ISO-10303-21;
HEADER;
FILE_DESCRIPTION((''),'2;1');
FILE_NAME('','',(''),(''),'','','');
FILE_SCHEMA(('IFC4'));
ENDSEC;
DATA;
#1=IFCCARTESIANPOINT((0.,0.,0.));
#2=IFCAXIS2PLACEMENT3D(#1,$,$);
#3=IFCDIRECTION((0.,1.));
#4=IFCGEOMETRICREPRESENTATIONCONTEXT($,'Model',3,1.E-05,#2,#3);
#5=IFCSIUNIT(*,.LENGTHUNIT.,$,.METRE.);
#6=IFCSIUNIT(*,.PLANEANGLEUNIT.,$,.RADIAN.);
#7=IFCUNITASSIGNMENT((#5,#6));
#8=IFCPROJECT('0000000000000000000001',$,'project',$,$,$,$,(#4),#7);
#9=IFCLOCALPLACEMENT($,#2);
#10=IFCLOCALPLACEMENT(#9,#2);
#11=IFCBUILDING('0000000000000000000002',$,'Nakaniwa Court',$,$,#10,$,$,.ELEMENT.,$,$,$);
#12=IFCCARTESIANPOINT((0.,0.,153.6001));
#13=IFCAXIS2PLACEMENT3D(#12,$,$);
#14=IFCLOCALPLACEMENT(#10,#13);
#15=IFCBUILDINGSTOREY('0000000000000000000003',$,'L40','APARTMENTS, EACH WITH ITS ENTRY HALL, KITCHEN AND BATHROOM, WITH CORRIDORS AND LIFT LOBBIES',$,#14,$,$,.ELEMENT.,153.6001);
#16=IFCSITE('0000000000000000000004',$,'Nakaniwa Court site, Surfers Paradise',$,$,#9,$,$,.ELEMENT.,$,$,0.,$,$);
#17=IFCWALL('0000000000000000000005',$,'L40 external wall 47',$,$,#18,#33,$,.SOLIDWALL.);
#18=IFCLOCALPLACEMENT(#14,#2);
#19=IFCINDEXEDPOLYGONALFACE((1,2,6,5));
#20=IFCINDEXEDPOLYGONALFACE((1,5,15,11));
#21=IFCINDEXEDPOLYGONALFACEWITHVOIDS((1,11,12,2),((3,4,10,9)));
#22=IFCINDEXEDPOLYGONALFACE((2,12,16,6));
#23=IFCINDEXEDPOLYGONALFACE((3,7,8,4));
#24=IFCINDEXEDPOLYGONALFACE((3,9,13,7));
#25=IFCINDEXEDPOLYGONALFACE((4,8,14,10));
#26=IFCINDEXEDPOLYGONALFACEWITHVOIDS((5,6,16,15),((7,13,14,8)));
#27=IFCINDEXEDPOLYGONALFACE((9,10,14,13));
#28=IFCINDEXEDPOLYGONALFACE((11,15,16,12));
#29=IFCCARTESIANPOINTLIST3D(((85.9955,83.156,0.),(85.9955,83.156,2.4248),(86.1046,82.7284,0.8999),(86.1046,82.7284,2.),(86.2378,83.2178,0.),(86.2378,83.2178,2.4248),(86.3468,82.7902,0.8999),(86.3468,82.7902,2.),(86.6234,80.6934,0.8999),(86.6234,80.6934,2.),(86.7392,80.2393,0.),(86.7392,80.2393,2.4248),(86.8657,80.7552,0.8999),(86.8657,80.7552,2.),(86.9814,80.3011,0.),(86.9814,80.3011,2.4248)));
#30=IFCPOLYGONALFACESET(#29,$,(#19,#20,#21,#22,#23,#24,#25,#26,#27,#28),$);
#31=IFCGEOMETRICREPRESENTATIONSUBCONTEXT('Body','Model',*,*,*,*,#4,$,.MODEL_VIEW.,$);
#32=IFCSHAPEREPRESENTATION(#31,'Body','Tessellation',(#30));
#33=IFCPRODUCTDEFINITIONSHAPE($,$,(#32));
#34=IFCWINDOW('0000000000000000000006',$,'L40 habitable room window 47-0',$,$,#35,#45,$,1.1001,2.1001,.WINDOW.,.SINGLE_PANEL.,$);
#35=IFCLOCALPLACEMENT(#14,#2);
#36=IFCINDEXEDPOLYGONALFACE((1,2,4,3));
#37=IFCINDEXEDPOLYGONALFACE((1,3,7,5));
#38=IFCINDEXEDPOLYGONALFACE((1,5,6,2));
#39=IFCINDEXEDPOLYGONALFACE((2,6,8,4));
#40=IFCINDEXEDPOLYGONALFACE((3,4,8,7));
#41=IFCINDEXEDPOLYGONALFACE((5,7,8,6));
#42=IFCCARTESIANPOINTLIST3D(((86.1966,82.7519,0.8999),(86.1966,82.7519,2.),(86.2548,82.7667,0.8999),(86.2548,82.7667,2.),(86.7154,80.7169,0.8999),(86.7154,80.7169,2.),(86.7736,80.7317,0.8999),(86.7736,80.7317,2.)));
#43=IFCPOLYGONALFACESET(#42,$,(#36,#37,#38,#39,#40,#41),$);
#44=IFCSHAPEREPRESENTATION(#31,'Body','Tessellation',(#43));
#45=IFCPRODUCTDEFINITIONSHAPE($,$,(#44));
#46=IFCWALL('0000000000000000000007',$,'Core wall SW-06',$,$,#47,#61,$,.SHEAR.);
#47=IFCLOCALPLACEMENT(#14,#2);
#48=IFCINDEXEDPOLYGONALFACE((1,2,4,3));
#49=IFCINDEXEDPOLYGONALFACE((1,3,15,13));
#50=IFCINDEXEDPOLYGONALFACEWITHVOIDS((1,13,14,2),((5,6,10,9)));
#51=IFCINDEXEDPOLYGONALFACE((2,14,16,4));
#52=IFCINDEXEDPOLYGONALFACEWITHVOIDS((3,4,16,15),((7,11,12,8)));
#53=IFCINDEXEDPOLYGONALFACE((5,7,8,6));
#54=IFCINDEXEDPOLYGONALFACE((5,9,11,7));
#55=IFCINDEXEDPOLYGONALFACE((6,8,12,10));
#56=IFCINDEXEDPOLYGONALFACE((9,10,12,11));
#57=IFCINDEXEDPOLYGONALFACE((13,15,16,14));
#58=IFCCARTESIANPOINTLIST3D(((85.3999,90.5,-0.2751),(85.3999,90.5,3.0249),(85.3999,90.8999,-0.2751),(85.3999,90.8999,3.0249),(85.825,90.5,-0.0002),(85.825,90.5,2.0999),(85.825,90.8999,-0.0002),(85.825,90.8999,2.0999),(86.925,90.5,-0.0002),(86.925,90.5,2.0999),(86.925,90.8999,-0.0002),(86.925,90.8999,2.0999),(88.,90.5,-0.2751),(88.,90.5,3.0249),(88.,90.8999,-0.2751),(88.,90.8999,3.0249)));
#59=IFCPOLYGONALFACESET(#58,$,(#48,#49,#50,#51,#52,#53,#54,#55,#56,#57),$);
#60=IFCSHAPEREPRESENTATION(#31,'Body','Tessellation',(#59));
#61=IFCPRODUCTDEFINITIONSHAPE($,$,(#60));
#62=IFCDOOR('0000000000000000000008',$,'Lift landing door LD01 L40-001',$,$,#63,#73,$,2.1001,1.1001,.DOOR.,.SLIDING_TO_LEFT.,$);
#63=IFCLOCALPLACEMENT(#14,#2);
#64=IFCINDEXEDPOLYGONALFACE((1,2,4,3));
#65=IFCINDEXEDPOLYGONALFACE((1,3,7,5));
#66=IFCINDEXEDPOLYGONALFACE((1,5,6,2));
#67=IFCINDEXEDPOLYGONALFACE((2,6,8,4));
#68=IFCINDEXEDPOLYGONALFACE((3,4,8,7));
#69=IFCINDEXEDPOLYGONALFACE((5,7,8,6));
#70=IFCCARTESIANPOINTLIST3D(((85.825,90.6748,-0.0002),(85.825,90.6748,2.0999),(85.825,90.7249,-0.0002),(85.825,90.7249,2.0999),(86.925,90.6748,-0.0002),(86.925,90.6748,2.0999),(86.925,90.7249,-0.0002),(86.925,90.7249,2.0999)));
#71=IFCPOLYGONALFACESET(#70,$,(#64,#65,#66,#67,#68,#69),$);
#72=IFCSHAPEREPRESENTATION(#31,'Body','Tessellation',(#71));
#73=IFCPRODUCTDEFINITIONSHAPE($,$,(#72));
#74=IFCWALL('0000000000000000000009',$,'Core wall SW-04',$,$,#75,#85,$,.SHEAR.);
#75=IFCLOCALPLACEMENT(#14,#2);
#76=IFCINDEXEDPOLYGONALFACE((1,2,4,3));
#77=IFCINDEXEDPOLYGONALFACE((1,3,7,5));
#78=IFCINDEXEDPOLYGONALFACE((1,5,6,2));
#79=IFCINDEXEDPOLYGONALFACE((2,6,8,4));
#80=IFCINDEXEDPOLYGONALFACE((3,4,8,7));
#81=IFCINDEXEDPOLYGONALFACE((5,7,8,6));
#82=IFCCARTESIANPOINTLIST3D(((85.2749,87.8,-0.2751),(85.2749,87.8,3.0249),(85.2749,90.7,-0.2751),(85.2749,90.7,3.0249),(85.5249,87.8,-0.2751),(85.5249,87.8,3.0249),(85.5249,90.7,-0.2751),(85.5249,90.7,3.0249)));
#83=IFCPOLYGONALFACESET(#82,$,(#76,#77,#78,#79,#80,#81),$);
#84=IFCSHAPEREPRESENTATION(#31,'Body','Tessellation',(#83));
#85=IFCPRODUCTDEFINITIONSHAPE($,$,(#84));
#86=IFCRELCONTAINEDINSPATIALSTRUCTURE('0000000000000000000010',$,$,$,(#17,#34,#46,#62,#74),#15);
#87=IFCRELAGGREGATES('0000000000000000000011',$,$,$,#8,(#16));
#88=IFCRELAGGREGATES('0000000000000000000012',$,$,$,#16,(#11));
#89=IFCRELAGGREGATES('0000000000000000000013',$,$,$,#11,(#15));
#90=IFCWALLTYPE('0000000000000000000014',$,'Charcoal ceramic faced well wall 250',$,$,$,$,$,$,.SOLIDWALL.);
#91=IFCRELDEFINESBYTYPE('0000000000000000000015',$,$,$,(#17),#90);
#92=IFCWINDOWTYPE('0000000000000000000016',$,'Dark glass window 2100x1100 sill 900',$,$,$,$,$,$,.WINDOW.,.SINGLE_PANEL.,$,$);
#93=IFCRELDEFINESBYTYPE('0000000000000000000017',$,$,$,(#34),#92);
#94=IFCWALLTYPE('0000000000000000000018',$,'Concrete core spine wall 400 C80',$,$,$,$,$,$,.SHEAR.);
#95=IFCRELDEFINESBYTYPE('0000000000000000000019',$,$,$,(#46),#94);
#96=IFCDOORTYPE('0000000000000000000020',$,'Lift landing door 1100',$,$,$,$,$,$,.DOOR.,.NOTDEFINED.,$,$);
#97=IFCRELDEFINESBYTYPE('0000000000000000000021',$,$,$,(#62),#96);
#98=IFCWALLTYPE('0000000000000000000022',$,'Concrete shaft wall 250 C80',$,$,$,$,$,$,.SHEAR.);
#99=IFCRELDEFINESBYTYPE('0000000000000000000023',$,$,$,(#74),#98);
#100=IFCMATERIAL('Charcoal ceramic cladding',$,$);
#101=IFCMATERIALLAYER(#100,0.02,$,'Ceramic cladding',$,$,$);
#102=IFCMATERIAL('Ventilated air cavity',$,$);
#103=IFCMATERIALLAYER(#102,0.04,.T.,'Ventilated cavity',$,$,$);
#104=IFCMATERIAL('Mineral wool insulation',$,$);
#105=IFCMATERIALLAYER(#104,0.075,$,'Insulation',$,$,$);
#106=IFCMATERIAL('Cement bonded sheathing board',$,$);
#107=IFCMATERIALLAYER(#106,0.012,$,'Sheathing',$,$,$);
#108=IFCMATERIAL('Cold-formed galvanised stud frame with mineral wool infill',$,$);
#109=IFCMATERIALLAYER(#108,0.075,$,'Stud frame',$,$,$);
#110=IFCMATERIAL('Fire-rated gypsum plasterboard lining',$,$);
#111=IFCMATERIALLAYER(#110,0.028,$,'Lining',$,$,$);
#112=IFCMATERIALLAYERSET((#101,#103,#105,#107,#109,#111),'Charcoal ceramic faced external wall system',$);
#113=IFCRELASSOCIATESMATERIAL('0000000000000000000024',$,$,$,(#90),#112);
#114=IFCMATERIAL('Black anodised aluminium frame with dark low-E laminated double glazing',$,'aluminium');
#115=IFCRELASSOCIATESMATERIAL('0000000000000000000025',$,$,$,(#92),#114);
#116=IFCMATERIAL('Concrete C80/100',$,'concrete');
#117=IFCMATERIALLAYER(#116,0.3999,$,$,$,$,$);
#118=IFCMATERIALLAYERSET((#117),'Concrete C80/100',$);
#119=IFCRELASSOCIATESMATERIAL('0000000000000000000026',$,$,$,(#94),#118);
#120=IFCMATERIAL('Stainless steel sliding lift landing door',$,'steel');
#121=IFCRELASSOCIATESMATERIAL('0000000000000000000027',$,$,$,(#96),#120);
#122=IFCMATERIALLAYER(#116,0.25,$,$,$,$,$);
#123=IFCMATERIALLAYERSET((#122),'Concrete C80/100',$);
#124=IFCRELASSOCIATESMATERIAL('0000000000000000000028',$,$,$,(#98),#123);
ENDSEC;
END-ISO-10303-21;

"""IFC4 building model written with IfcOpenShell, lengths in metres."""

from ifc_helpers import new_model, si_unit, direction, frame, frame_2d, origin, place, context, subcontext, project, spatial, rectangle, extrude, material, layer, layer_set, type_object, element, fill, save


model = new_model("IFC4")

# Units and contexts
model_context = context("Model", 3, precision=1e-05, world=origin(), true_north=direction((0.0, 1.0)))
body_context = subcontext(model_context, "Body", "Model", "MODEL_VIEW")
ifc_project = project(units=[si_unit("LENGTHUNIT", "METRE"), si_unit("PLANEANGLEUNIT", "RADIAN")], contexts=[model_context])

# Site, building, storey
site_placement = place(None, origin())
site = spatial("IfcSite", under=ifc_project, at=site_placement, Name="Nakaniwa Court site, Surfers Paradise", CompositionType="ELEMENT", RefElevation=0.0)
building_placement = place(site_placement, origin())
building = spatial("IfcBuilding", under=site, at=building_placement, Name="Nakaniwa Court", CompositionType="ELEMENT")
storey_placement = place(building_placement, frame((0.0, 0.0, 153.6001)))
storey = spatial("IfcBuildingStorey", under=building, at=storey_placement, Name="L40", Description="APARTMENTS, EACH WITH ITS ENTRY HALL, KITCHEN AND BATHROOM, WITH CORRIDORS AND LIFT LOBBIES", CompositionType="ELEMENT", Elevation=153.6001)

# Shared definitions
ifc_material_1 = material(Name="Concrete C80/100", Category="concrete")

# Wall, opening, window
ifc_material_2 = material(Name="Charcoal ceramic cladding")
ifc_layer_1 = layer(ifc_material_2, 0.02, Name="Ceramic cladding")
ifc_material_3 = material(Name="Ventilated air cavity")
ifc_layer_2 = layer(ifc_material_3, 0.04, ventilated=True, Name="Ventilated cavity")
ifc_material_4 = material(Name="Mineral wool insulation")
ifc_layer_3 = layer(ifc_material_4, 0.075, Name="Insulation")
ifc_material_5 = material(Name="Cement bonded sheathing board")
ifc_layer_4 = layer(ifc_material_5, 0.012, Name="Sheathing")
ifc_material_6 = material(Name="Cold-formed galvanised stud frame with mineral wool infill")
ifc_layer_5 = layer(ifc_material_6, 0.075, Name="Stud frame")
ifc_material_7 = material(Name="Fire-rated gypsum plasterboard lining")
ifc_layer_6 = layer(ifc_material_7, 0.028, Name="Lining")
ifc_layer_set_1 = layer_set([ifc_layer_1, ifc_layer_2, ifc_layer_3, ifc_layer_4, ifc_layer_5, ifc_layer_6], Name="Charcoal ceramic faced external wall system")
wall_type_1 = type_object("IfcWallType", Name="Charcoal ceramic faced well wall 250", PredefinedType="SOLIDWALL", material=ifc_layer_set_1)
ifc_material_8 = material(Name="Black anodised aluminium frame with dark low-E laminated double glazing", Category="aluminium")
window_type = type_object("IfcWindowType", Name="Dark glass window 2100x1100 sill 900", PartitioningType="SINGLE_PANEL", PredefinedType="WINDOW", material=ifc_material_8)
wall_1_placement = place(storey_placement, frame((86.1167, 83.1868, 0.0), z_axis=(0.0, 0.0, 1.0), x_axis=(0.247056, -0.969001, 0.0)))
wall_1 = element("IfcWall", 1, at=wall_1_placement, inside=storey, type_object=wall_type_1, Name="L40 external wall 47", PredefinedType="SOLIDWALL", context=body_context, shape_type="SweptSolid", body=[
    extrude(rectangle(XDim=3.01, YDim=0.25, at=frame_2d((1.5049, 0.0))), origin(), (0.0, 0.0, 1.0), 2.4248),
])
opening_1_placement = place(wall_1_placement, frame((0.4412, 0.0, 0.8999)))
opening_1 = element("IfcOpeningElement", 2, at=opening_1_placement, cuts=wall_1, PredefinedType="OPENING", context=body_context, shape_type="SweptSolid", body=[
    extrude(rectangle(XDim=2.1001, YDim=1.1001, at=frame_2d((1.05, 0.55))), frame((0.0, 0.135, 0.0), z_axis=(0.0, -1.0, 0.0), x_axis=(1.0, 0.0, 0.0)), (0.0, 0.0, 1.0), 0.27),
])
window_1_placement = place(opening_1_placement, origin())
window_1 = element("IfcWindow", 3, at=window_1_placement, inside=storey, type_object=window_type, Name="L40 habitable room window 47-0", OverallHeight=1.1001, OverallWidth=2.1001, PartitioningType="SINGLE_PANEL", PredefinedType="WINDOW", context=body_context, shape_type="SweptSolid", body=[
    extrude(rectangle(XDim=2.1001, YDim=1.1001, at=frame_2d((1.05, 0.55))), frame((0.0, 0.03, 0.0), z_axis=(0.0, -1.0, 0.0), x_axis=(1.0, 0.0, 0.0)), (0.0, 0.0, 1.0), 0.0601),
])
fill(opening_1, window_1)

# Wall, opening, door
ifc_layer_7 = layer(ifc_material_1, 0.3999)
ifc_layer_set_2 = layer_set([ifc_layer_7], Name="Concrete C80/100")
wall_type_2 = type_object("IfcWallType", Name="Concrete core spine wall 400 C80", PredefinedType="SHEAR", material=ifc_layer_set_2)
wall_2_placement = place(storey_placement, frame((85.3999, 90.7, -0.2751), z_axis=(0.0, 0.0, 1.0), x_axis=(1.0, 0.0, 0.0)))
wall_2 = element("IfcWall", 4, at=wall_2_placement, inside=storey, type_object=wall_type_2, Name="Core wall SW-06", PredefinedType="SHEAR", context=body_context, shape_type="SweptSolid", body=[
    extrude(rectangle(XDim=2.6001, YDim=0.3999, at=frame_2d((1.3, 0.0))), origin(), (0.0, 0.0, 1.0), 3.3),
])
opening_2_placement = place(wall_2_placement, frame((0.425, 0.0, 0.2749)))
opening_2 = element("IfcOpeningElement", 5, at=opening_2_placement, cuts=wall_2, PredefinedType="OPENING", context=body_context, shape_type="SweptSolid", body=[
    extrude(rectangle(XDim=1.1001, YDim=2.1001, at=frame_2d((0.55, 1.05))), frame((0.0, 0.21, 0.0), z_axis=(0.0, -1.0, 0.0), x_axis=(1.0, 0.0, 0.0)), (0.0, 0.0, 1.0), 0.4199),
])
ifc_material_9 = material(Name="Stainless steel sliding lift landing door", Category="steel")
door_type_1 = type_object("IfcDoorType", Name="Lift landing door 1100", OperationType="NOTDEFINED", PredefinedType="DOOR", material=ifc_material_9)
door_1_placement = place(opening_2_placement, origin())
door_1 = element("IfcDoor", 6, at=door_1_placement, inside=storey, type_object=door_type_1, Name="Lift landing door LD01 L40-001", OperationType="SLIDING_TO_LEFT", OverallHeight=2.1001, OverallWidth=1.1001, PredefinedType="DOOR", context=body_context, shape_type="SweptSolid", body=[
    extrude(rectangle(XDim=1.1001, YDim=2.1001, at=frame_2d((0.55, 1.05))), frame((0.0, 0.0249, 0.0), z_axis=(0.0, -1.0, 0.0), x_axis=(1.0, 0.0, 0.0)), (0.0, 0.0, 1.0), 0.05),
])
fill(opening_2, door_1)

# Wall
ifc_layer_8 = layer(ifc_material_1, 0.25)
ifc_layer_set_3 = layer_set([ifc_layer_8], Name="Concrete C80/100")
wall_type_3 = type_object("IfcWallType", Name="Concrete shaft wall 250 C80", PredefinedType="SHEAR", material=ifc_layer_set_3)
wall_3_placement = place(storey_placement, frame((85.3999, 87.8, -0.2751), z_axis=(0.0, 0.0, 1.0), x_axis=(0.0, 1.0, 0.0)))
element("IfcWall", 7, at=wall_3_placement, inside=storey, type_object=wall_type_3, Name="Core wall SW-04", PredefinedType="SHEAR", context=body_context, shape_type="SweptSolid", body=[
    extrude(rectangle(XDim=2.8999, YDim=0.25, at=frame_2d((1.45, 0.0))), origin(), (0.0, 0.0, 1.0), 3.3),
])

save(model, "model.ifc")
